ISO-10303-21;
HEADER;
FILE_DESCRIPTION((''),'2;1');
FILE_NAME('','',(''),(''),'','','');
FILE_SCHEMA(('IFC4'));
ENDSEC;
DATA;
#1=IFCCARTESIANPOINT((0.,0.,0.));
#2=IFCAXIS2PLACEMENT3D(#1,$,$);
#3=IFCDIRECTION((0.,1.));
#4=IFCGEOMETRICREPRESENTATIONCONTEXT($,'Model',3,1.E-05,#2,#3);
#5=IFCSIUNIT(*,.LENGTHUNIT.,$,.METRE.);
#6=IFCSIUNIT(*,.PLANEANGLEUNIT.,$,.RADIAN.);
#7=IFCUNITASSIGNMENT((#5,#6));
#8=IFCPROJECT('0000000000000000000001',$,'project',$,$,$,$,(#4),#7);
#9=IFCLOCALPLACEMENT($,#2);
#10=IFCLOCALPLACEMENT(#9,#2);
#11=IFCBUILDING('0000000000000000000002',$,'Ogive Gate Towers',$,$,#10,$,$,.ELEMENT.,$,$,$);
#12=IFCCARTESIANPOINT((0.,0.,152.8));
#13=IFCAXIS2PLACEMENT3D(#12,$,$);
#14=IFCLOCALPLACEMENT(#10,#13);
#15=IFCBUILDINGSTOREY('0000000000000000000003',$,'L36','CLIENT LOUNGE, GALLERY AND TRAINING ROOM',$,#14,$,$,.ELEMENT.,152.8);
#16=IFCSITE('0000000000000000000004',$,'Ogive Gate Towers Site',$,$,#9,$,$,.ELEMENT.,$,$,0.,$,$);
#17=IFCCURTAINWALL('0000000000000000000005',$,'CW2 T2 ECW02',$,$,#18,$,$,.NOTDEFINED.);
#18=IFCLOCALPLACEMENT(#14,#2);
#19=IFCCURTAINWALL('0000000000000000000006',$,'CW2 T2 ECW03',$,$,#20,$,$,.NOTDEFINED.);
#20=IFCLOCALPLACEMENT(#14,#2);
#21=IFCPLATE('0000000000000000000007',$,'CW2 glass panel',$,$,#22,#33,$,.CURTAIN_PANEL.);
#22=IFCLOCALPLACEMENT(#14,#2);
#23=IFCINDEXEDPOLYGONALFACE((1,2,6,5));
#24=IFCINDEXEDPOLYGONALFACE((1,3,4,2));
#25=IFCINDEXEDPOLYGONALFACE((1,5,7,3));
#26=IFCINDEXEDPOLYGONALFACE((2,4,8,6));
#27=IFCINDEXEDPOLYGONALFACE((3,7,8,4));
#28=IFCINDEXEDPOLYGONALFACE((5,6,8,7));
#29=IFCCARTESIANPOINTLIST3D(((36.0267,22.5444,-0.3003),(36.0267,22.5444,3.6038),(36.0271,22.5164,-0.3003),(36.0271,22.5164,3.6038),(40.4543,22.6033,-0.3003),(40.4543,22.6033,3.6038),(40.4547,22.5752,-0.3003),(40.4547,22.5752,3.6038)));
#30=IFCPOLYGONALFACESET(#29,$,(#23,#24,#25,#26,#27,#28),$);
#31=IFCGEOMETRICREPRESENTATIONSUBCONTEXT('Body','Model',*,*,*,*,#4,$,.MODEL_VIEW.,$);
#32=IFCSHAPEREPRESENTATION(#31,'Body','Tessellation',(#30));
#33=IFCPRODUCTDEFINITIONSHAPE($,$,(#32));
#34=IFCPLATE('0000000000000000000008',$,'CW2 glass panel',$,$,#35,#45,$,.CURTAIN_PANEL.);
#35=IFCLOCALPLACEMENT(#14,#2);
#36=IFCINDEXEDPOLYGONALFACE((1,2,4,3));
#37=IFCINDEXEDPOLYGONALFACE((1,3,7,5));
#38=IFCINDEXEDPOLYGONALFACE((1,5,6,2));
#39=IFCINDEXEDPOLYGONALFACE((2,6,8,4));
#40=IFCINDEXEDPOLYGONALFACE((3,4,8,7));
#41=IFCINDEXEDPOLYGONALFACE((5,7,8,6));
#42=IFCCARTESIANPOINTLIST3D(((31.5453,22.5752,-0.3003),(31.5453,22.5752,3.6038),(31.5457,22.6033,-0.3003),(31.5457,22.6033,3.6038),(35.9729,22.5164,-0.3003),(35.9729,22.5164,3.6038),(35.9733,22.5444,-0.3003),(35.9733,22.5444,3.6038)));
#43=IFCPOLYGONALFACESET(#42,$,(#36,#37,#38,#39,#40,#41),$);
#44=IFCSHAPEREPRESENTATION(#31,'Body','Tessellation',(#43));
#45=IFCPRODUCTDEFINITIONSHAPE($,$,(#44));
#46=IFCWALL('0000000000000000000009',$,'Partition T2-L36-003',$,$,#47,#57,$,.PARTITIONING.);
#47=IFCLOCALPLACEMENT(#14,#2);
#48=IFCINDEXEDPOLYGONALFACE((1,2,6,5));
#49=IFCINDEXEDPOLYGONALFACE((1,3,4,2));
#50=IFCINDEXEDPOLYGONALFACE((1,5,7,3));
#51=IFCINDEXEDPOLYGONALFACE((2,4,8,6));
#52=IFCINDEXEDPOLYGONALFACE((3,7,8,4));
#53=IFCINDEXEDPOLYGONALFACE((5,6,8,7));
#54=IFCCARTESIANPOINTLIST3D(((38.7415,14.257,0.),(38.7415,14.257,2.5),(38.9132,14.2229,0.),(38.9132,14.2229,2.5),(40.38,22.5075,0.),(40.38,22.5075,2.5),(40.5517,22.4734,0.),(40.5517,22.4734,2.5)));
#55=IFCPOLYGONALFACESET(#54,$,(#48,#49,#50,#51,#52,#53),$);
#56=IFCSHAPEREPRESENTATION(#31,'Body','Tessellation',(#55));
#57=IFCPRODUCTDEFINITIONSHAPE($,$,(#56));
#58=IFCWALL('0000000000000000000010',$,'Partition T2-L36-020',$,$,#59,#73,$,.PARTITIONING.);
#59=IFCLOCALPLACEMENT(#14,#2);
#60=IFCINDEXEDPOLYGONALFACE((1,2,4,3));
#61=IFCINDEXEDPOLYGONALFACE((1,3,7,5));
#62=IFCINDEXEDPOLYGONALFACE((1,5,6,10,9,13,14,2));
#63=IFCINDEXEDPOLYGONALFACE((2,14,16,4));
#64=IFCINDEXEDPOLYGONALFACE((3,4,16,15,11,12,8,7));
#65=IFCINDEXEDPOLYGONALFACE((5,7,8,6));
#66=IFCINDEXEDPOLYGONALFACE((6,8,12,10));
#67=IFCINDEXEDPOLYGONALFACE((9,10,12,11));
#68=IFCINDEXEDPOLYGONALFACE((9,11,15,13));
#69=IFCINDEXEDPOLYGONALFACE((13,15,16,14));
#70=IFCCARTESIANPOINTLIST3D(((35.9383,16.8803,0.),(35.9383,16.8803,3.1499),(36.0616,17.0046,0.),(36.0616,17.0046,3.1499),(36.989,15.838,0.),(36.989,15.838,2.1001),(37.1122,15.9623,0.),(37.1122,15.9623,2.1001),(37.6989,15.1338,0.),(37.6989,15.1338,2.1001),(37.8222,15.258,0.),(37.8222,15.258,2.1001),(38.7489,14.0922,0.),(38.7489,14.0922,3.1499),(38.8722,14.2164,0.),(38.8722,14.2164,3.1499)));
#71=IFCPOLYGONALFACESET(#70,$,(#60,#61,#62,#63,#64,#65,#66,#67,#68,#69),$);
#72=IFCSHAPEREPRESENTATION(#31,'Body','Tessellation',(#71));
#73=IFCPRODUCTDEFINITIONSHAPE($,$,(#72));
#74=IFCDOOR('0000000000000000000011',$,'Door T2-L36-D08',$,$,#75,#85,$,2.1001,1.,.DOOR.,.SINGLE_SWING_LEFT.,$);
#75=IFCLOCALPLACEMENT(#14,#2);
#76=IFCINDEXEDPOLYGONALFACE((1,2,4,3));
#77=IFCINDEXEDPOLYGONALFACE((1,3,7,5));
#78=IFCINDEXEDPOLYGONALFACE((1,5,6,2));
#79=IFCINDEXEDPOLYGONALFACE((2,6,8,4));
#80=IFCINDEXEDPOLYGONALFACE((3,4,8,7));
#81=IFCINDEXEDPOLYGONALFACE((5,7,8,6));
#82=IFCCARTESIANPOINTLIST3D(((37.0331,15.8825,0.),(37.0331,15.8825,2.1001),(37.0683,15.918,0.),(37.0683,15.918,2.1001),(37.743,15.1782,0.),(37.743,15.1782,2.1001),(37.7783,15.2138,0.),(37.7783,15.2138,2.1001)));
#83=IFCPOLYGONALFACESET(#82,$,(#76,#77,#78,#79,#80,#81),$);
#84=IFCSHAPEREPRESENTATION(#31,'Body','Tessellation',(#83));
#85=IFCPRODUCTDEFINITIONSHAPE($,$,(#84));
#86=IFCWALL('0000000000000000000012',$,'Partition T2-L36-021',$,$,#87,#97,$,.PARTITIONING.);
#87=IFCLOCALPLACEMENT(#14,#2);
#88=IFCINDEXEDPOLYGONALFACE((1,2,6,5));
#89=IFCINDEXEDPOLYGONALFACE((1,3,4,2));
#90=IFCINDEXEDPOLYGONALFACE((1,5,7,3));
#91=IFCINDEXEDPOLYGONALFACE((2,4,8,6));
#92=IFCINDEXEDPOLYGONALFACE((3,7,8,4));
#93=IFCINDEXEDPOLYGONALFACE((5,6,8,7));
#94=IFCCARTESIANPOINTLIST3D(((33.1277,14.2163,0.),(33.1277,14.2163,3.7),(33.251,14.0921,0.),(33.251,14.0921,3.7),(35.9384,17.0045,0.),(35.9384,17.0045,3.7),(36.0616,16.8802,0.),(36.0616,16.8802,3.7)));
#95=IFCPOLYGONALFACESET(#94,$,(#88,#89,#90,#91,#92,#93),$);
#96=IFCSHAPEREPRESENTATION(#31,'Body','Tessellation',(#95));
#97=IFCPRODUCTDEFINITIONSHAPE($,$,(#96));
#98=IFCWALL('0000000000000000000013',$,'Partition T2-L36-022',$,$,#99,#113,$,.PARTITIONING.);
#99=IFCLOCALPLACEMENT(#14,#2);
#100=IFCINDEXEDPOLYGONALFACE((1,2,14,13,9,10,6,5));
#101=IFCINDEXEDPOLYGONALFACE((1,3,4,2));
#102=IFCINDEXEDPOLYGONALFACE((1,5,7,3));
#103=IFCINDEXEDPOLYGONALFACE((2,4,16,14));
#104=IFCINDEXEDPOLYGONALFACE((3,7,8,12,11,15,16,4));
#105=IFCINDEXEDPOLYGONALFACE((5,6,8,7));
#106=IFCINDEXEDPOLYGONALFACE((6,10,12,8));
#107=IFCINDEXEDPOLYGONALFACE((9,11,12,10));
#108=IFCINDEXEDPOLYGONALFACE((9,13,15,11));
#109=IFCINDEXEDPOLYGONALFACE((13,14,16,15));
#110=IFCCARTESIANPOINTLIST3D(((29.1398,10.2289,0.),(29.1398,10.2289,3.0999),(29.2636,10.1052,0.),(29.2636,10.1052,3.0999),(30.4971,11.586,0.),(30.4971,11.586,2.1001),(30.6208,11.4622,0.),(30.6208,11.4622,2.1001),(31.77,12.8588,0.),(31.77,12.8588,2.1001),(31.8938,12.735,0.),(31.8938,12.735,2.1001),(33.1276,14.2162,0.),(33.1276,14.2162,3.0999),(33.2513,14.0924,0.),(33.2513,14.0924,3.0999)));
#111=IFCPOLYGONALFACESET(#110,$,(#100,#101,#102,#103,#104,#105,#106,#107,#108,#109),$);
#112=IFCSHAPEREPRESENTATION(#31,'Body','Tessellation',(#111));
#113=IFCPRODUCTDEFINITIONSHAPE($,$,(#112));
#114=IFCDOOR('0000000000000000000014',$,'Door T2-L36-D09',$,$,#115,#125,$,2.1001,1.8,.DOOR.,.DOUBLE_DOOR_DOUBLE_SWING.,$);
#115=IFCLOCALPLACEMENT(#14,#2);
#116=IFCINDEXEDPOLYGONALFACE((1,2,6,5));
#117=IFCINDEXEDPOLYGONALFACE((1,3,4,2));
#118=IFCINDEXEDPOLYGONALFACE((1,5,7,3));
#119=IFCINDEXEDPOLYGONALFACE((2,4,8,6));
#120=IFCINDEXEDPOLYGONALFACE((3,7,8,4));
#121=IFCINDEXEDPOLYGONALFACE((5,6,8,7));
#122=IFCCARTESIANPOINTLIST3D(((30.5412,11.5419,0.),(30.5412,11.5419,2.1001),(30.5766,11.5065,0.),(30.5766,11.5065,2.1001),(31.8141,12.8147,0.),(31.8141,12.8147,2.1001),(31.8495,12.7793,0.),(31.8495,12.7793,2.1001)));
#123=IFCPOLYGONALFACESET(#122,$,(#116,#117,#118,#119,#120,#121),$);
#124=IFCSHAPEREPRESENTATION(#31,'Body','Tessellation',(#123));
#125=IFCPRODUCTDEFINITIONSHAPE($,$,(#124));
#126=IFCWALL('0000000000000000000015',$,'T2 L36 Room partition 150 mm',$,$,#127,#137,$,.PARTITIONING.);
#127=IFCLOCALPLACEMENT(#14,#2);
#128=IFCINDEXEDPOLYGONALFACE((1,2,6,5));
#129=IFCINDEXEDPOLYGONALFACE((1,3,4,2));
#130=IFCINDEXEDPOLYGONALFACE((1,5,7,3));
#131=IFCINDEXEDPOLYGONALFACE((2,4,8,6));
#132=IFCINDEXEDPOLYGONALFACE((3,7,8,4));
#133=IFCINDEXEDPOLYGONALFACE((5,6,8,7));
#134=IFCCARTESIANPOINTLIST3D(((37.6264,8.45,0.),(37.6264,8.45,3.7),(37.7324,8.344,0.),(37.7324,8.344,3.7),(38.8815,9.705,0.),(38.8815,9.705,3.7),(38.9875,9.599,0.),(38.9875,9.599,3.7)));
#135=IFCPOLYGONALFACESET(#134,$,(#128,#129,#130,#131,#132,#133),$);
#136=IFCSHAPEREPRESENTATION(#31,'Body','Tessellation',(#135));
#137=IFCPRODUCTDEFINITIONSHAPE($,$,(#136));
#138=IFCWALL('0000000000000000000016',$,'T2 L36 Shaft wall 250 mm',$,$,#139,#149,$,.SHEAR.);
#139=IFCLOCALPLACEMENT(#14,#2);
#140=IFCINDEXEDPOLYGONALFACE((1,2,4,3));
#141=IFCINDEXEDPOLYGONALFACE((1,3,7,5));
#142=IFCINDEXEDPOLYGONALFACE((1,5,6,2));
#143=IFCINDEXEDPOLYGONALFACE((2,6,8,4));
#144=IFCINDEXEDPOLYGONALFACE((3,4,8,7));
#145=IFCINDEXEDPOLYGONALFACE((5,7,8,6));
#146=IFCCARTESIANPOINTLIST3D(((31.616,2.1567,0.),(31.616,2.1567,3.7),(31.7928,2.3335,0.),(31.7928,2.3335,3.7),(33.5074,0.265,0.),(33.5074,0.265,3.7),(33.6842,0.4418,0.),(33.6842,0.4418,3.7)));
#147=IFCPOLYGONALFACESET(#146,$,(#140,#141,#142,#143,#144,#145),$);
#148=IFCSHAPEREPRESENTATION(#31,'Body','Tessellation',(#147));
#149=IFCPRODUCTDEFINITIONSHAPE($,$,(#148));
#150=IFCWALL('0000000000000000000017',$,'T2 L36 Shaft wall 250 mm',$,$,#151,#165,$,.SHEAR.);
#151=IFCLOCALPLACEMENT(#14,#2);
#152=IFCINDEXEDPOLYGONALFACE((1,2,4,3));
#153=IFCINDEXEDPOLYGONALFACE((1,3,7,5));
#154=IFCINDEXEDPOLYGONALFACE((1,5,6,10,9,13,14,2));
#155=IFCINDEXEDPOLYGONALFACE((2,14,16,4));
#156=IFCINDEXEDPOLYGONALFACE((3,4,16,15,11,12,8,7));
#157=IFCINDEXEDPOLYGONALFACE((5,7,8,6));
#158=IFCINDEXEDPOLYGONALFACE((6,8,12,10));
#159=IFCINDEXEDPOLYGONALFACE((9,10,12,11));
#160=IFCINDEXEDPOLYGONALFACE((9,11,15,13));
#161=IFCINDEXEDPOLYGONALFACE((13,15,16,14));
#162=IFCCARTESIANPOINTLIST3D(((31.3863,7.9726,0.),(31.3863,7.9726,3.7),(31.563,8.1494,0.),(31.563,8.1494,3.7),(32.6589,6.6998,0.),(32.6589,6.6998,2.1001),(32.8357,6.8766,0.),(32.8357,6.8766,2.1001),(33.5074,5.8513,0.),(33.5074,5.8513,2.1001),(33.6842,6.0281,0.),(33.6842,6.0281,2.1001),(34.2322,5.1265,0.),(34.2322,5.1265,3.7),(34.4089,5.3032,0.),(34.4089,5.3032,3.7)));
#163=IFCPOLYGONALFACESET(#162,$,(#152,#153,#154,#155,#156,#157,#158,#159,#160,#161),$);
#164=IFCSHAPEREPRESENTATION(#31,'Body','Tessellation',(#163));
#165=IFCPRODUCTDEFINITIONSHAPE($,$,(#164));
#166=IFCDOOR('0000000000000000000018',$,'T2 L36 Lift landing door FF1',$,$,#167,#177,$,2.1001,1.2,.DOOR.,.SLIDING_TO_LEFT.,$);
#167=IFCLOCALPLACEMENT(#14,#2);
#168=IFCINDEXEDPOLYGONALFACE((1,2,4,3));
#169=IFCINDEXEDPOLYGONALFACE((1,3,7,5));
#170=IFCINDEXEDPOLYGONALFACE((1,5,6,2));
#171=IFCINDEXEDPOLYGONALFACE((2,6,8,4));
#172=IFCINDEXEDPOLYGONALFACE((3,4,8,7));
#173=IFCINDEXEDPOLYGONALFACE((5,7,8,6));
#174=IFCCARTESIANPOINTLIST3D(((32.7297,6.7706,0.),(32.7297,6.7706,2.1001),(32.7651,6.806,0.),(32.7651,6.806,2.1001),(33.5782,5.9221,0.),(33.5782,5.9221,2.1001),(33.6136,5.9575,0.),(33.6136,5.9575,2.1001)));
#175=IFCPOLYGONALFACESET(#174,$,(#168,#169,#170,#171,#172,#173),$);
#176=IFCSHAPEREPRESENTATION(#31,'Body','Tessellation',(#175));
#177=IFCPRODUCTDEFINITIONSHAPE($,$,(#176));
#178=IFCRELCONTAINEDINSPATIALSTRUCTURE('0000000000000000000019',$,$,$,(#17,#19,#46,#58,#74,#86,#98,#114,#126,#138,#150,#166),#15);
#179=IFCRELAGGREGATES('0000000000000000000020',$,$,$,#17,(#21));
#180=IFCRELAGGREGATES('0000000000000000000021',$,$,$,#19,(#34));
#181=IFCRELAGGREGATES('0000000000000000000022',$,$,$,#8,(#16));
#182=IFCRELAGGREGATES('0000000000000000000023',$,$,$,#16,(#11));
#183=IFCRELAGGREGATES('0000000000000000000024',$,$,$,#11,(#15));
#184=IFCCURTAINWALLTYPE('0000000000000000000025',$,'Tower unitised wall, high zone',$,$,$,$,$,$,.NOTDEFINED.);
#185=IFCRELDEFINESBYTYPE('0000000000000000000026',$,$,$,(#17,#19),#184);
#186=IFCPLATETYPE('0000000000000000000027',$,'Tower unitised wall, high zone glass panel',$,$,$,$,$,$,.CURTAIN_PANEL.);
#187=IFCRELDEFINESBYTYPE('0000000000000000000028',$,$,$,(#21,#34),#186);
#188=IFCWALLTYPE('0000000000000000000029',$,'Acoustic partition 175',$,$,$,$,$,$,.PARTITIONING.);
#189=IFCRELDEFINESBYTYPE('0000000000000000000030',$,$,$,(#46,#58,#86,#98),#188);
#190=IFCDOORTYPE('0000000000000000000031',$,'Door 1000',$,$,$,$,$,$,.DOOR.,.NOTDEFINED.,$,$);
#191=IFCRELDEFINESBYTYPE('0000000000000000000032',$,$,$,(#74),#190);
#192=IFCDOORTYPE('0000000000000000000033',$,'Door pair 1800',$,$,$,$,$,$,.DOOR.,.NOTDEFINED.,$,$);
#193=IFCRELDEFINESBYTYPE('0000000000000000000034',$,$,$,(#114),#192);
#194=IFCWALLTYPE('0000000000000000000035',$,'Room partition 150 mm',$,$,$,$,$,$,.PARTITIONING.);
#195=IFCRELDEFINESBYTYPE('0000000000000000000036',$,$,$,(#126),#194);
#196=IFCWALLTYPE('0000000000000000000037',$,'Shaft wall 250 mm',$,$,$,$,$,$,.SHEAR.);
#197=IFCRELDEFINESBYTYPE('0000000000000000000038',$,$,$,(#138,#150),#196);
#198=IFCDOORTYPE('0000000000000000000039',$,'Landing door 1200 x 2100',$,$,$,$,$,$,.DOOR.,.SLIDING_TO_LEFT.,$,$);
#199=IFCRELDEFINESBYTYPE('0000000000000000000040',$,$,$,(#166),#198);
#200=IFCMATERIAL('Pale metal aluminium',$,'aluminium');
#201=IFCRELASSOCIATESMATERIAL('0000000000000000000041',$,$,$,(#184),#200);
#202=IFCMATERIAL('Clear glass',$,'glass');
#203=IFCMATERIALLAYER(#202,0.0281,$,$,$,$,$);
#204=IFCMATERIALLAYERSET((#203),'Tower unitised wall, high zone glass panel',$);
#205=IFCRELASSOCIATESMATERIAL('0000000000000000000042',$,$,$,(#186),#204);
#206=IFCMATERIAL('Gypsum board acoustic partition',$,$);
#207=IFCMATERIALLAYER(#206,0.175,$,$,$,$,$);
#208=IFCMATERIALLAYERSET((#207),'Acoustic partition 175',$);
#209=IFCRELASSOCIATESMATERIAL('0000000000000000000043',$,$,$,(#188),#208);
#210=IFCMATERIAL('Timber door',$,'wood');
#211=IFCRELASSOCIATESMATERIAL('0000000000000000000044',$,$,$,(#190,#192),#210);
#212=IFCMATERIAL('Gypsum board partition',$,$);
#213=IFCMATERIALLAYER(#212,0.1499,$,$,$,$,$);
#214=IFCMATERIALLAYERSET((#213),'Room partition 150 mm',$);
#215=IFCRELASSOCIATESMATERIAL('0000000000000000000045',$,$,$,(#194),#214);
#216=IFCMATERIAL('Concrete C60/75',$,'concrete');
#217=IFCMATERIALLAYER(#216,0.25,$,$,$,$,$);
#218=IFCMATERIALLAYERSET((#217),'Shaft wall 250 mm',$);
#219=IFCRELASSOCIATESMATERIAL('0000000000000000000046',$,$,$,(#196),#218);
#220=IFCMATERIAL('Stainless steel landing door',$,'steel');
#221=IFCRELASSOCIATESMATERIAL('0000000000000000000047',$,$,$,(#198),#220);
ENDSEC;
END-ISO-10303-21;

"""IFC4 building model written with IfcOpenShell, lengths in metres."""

from ifc_helpers import new_model, si_unit, direction, frame, frame_2d, origin, origin_2d, place, context, subcontext, project, spatial, rectangle, extrude, material, layer, layer_set, type_object, element, fill, aggregate, save


model = new_model("IFC4")

# Units and contexts
model_context = context("Model", 3, precision=1e-05, world=origin(), true_north=direction((0.0, 1.0)))
body_context = subcontext(model_context, "Body", "Model", "MODEL_VIEW")
ifc_project = project(units=[si_unit("LENGTHUNIT", "METRE"), si_unit("PLANEANGLEUNIT", "RADIAN")], contexts=[model_context])

# Site, building, storey
site_placement = place(None, origin())
site = spatial("IfcSite", under=ifc_project, at=site_placement, Name="Ogive Gate Towers Site", CompositionType="ELEMENT", RefElevation=0.0)
building_placement = place(site_placement, origin())
building = spatial("IfcBuilding", under=site, at=building_placement, Name="Ogive Gate Towers", CompositionType="ELEMENT")
storey_placement = place(building_placement, frame((0.0, 0.0, 152.8)))
storey = spatial("IfcBuildingStorey", under=building, at=storey_placement, Name="L36", Description="CLIENT LOUNGE, GALLERY AND TRAINING ROOM", CompositionType="ELEMENT", Elevation=152.8)

# Curtain wall
ifc_material_1 = material(Name="Pale metal aluminium", Category="aluminium")
curtain_wall_type = type_object("IfcCurtainWallType", Name="Tower unitised wall, high zone", PredefinedType="NOTDEFINED", material=ifc_material_1)
curtain_wall_1_placement = place(storey_placement, origin())
curtain_wall_1 = element("IfcCurtainWall", 1, at=curtain_wall_1_placement, inside=storey, type_object=curtain_wall_type, Name="CW2 T2 ECW02", PredefinedType="NOTDEFINED")

# Curtain wall
curtain_wall_2_placement = place(storey_placement, origin())
curtain_wall_2 = element("IfcCurtainWall", 2, at=curtain_wall_2_placement, inside=storey, type_object=curtain_wall_type, Name="CW2 T2 ECW03", PredefinedType="NOTDEFINED")

# Plates
ifc_material_2 = material(Name="Clear glass", Category="glass")
ifc_layer_1 = layer(ifc_material_2, 0.0281)
ifc_layer_set_1 = layer_set([ifc_layer_1], Name="Tower unitised wall, high zone glass panel")
plate_type = type_object("IfcPlateType", Name="Tower unitised wall, high zone glass panel", PredefinedType="CURTAIN_PANEL", material=ifc_layer_set_1)
plate_1_placement = place(storey_placement, frame((38.2407, 22.5598, -0.3003), z_axis=(0.0, 0.0, 1.0), x_axis=(-0.999912, -0.013282, 0.0)))
plate_1 = element("IfcPlate", 3, at=plate_1_placement, type_object=plate_type, Name="CW2 glass panel", PredefinedType="CURTAIN_PANEL", context=body_context, shape_type="SweptSolid", body=[
    extrude(rectangle(XDim=4.428, YDim=0.0281, at=origin_2d()), origin(), (0.0, 0.0, 1.0), 3.9041),
])
aggregate(curtain_wall_1, [plate_1])
plate_2_placement = place(storey_placement, frame((33.7593, 22.5598, -0.3003), z_axis=(0.0, 0.0, 1.0), x_axis=(-0.999912, 0.013282, 0.0)))
plate_2 = element("IfcPlate", 4, at=plate_2_placement, type_object=plate_type, Name="CW2 glass panel", PredefinedType="CURTAIN_PANEL", context=body_context, shape_type="SweptSolid", body=[
    extrude(rectangle(XDim=4.428, YDim=0.0281, at=origin_2d()), origin(), (0.0, 0.0, 1.0), 3.9041),
])
aggregate(curtain_wall_2, [plate_2])

# Wall
ifc_material_3 = material(Name="Gypsum board acoustic partition")
ifc_layer_2 = layer(ifc_material_3, 0.175)
ifc_layer_set_2 = layer_set([ifc_layer_2], Name="Acoustic partition 175")
wall_type_1 = type_object("IfcWallType", Name="Acoustic partition 175", PredefinedType="PARTITIONING", material=ifc_layer_set_2)
wall_1_placement = place(storey_placement, frame((40.4658, 22.4905, 0.0), z_axis=(0.0, 0.0, 1.0), x_axis=(-0.194782, -0.980847, 0.0)))
element("IfcWall", 5, at=wall_1_placement, inside=storey, type_object=wall_type_1, Name="Partition T2-L36-003", PredefinedType="PARTITIONING", context=body_context, shape_type="SweptSolid", body=[
    extrude(rectangle(XDim=8.4116, YDim=0.175, at=frame_2d((4.2058, 0.0))), origin(), (0.0, 0.0, 1.0), 2.5),
])

# Wall, opening, door
wall_2_placement = place(storey_placement, frame((38.8105, 14.1543, 0.0), z_axis=(0.0, 0.0, 1.0), x_axis=(-0.709938, 0.704264, 0.0)))
wall_2 = element("IfcWall", 6, at=wall_2_placement, inside=storey, type_object=wall_type_1, Name="Partition T2-L36-020", PredefinedType="PARTITIONING", context=body_context, shape_type="SweptSolid", body=[
    extrude(rectangle(XDim=3.959, YDim=0.175, at=frame_2d((1.9795, 0.0))), origin(), (0.0, 0.0, 1.0), 3.1499),
])
opening_1_placement = place(wall_2_placement, frame((1.479, 0.0, 0.0)))
opening_1 = element("IfcOpeningElement", 7, at=opening_1_placement, cuts=wall_2, PredefinedType="OPENING", context=body_context, shape_type="SweptSolid", body=[
    extrude(rectangle(XDim=1.0, YDim=2.1001, at=frame_2d((0.5, 1.05))), frame((0.0, 0.0977, 0.0), z_axis=(0.0, -1.0, 0.0), x_axis=(1.0, 0.0, 0.0)), (0.0, 0.0, 1.0), 0.1951),
])
ifc_material_4 = material(Name="Timber door", Category="wood")
door_type_1 = type_object("IfcDoorType", Name="Door 1000", OperationType="NOTDEFINED", PredefinedType="DOOR", material=ifc_material_4)
door_1_placement = place(opening_1_placement, origin())
door_1 = element("IfcDoor", 8, at=door_1_placement, inside=storey, type_object=door_type_1, Name="Door T2-L36-D08", OperationType="SINGLE_SWING_LEFT", OverallHeight=2.1001, OverallWidth=1.0, PredefinedType="DOOR", context=body_context, shape_type="SweptSolid", body=[
    extrude(rectangle(XDim=1.0, YDim=2.1001, at=frame_2d((0.5, 1.05))), frame((0.0, 0.0249, 0.0), z_axis=(0.0, -1.0, 0.0), x_axis=(1.0, 0.0, 0.0)), (0.0, 0.0, 1.0), 0.05),
])
fill(opening_1, door_1)

# Wall
wall_3_placement = place(storey_placement, frame((36.0, 16.9424, 0.0), z_axis=(0.0, 0.0, 1.0), x_axis=(-0.709938, -0.704264, 0.0)))
element("IfcWall", 9, at=wall_3_placement, inside=storey, type_object=wall_type_1, Name="Partition T2-L36-021", PredefinedType="PARTITIONING", context=body_context, shape_type="SweptSolid", body=[
    extrude(rectangle(XDim=3.959, YDim=0.175, at=frame_2d((1.9795, 0.0))), origin(), (0.0, 0.0, 1.0), 3.7),
])

# Wall, opening, door
wall_4_placement = place(storey_placement, frame((33.1895, 14.1543, 0.0), z_axis=(0.0, 0.0, 1.0), x_axis=(-0.70715, -0.707063, 0.0)))
wall_4 = element("IfcWall", 10, at=wall_4_placement, inside=storey, type_object=wall_type_1, Name="Partition T2-L36-022", PredefinedType="PARTITIONING", context=body_context, shape_type="SweptSolid", body=[
    extrude(rectangle(XDim=5.6392, YDim=0.175, at=frame_2d((2.8196, 0.0))), origin(), (0.0, 0.0, 1.0), 3.0999),
])
opening_2_placement = place(wall_4_placement, frame((1.9199, 0.0, 0.0)))
opening_2 = element("IfcOpeningElement", 11, at=opening_2_placement, cuts=wall_4, PredefinedType="OPENING", context=body_context, shape_type="SweptSolid", body=[
    extrude(rectangle(XDim=1.8, YDim=2.1001, at=frame_2d((0.8999, 1.05))), frame((0.0, 0.0977, 0.0), z_axis=(0.0, -1.0, 0.0), x_axis=(1.0, 0.0, 0.0)), (0.0, 0.0, 1.0), 0.1951),
])
door_type_2 = type_object("IfcDoorType", Name="Door pair 1800", OperationType="NOTDEFINED", PredefinedType="DOOR", material=ifc_material_4)
door_2_placement = place(opening_2_placement, origin())
door_2 = element("IfcDoor", 12, at=door_2_placement, inside=storey, type_object=door_type_2, Name="Door T2-L36-D09", OperationType="DOUBLE_DOOR_DOUBLE_SWING", OverallHeight=2.1001, OverallWidth=1.8, PredefinedType="DOOR", context=body_context, shape_type="SweptSolid", body=[
    extrude(rectangle(XDim=1.8, YDim=2.1001, at=frame_2d((0.8999, 1.05))), frame((0.0, 0.0249, 0.0), z_axis=(0.0, -1.0, 0.0), x_axis=(1.0, 0.0, 0.0)), (0.0, 0.0, 1.0), 0.05),
])
fill(opening_2, door_2)

# Walls
ifc_material_5 = material(Name="Gypsum board partition")
ifc_layer_3 = layer(ifc_material_5, 0.1499)
ifc_layer_set_3 = layer_set([ifc_layer_3], Name="Room partition 150 mm")
wall_type_2 = type_object("IfcWallType", Name="Room partition 150 mm", PredefinedType="PARTITIONING", material=ifc_layer_set_3)
wall_5_placement = place(storey_placement, frame((37.6794, 8.397, 0.0), z_axis=(0.0, 0.0, 1.0), x_axis=(0.707107, 0.707107, 0.0)))
element("IfcWall", 13, at=wall_5_placement, inside=storey, type_object=wall_type_2, Name="T2 L36 Room partition 150 mm", PredefinedType="PARTITIONING", context=body_context, shape_type="SweptSolid", body=[
    extrude(rectangle(XDim=1.7749, YDim=0.1499, at=frame_2d((0.8875, 0.0))), origin(), (0.0, 0.0, 1.0), 3.7),
])
ifc_material_6 = material(Name="Concrete C60/75", Category="concrete")
ifc_layer_4 = layer(ifc_material_6, 0.25)
ifc_layer_set_4 = layer_set([ifc_layer_4], Name="Shaft wall 250 mm")
wall_type_3 = type_object("IfcWallType", Name="Shaft wall 250 mm", PredefinedType="SHEAR", material=ifc_layer_set_4)
wall_6_placement = place(storey_placement, frame((33.5957, 0.3535, 0.0), z_axis=(0.0, 0.0, 1.0), x_axis=(-0.707061, 0.707152, 0.0)))
element("IfcWall", 14, at=wall_6_placement, inside=storey, type_object=wall_type_3, Name="T2 L36 Shaft wall 250 mm", PredefinedType="SHEAR", context=body_context, shape_type="SweptSolid", body=[
    extrude(rectangle(XDim=2.675, YDim=0.25, at=frame_2d((1.3374, 0.0))), origin(), (0.0, 0.0, 1.0), 3.7),
])

# Wall, opening, door
wall_7_placement = place(storey_placement, frame((34.3206, 5.2148, 0.0), z_axis=(0.0, 0.0, 1.0), x_axis=(-0.707076, 0.707137, 0.0)))
wall_7 = element("IfcWall", 15, at=wall_7_placement, inside=storey, type_object=wall_type_3, Name="T2 L36 Shaft wall 250 mm", PredefinedType="SHEAR", context=body_context, shape_type="SweptSolid", body=[
    extrude(rectangle(XDim=4.0249, YDim=0.25, at=frame_2d((2.0125, 0.0))), origin(), (0.0, 0.0, 1.0), 3.7),
])
opening_3_placement = place(wall_7_placement, frame((1.0249, 0.0, 0.0)))
opening_3 = element("IfcOpeningElement", 16, at=opening_3_placement, cuts=wall_7, PredefinedType="OPENING", context=body_context, shape_type="SweptSolid", body=[
    extrude(rectangle(XDim=1.2, YDim=2.1001, at=frame_2d((0.6001, 1.05))), frame((0.0, 0.135, 0.0), z_axis=(0.0, -1.0, 0.0), x_axis=(1.0, 0.0, 0.0)), (0.0, 0.0, 1.0), 0.27),
])
ifc_material_7 = material(Name="Stainless steel landing door", Category="steel")
door_type_3 = type_object("IfcDoorType", Name="Landing door 1200 x 2100", OperationType="SLIDING_TO_LEFT", PredefinedType="DOOR", material=ifc_material_7)
door_3_placement = place(opening_3_placement, origin())
door_3 = element("IfcDoor", 17, at=door_3_placement, inside=storey, type_object=door_type_3, Name="T2 L36 Lift landing door FF1", OperationType="SLIDING_TO_LEFT", OverallHeight=2.1001, OverallWidth=1.2, PredefinedType="DOOR", context=body_context, shape_type="SweptSolid", body=[
    extrude(rectangle(XDim=1.2, YDim=2.1001, at=frame_2d((0.6001, 1.05))), frame((0.0, 0.0249, 0.0), z_axis=(0.0, -1.0, 0.0), x_axis=(1.0, 0.0, 0.0)), (0.0, 0.0, 1.0), 0.05),
])
fill(opening_3, door_3)

save(model, "model.ifc")
